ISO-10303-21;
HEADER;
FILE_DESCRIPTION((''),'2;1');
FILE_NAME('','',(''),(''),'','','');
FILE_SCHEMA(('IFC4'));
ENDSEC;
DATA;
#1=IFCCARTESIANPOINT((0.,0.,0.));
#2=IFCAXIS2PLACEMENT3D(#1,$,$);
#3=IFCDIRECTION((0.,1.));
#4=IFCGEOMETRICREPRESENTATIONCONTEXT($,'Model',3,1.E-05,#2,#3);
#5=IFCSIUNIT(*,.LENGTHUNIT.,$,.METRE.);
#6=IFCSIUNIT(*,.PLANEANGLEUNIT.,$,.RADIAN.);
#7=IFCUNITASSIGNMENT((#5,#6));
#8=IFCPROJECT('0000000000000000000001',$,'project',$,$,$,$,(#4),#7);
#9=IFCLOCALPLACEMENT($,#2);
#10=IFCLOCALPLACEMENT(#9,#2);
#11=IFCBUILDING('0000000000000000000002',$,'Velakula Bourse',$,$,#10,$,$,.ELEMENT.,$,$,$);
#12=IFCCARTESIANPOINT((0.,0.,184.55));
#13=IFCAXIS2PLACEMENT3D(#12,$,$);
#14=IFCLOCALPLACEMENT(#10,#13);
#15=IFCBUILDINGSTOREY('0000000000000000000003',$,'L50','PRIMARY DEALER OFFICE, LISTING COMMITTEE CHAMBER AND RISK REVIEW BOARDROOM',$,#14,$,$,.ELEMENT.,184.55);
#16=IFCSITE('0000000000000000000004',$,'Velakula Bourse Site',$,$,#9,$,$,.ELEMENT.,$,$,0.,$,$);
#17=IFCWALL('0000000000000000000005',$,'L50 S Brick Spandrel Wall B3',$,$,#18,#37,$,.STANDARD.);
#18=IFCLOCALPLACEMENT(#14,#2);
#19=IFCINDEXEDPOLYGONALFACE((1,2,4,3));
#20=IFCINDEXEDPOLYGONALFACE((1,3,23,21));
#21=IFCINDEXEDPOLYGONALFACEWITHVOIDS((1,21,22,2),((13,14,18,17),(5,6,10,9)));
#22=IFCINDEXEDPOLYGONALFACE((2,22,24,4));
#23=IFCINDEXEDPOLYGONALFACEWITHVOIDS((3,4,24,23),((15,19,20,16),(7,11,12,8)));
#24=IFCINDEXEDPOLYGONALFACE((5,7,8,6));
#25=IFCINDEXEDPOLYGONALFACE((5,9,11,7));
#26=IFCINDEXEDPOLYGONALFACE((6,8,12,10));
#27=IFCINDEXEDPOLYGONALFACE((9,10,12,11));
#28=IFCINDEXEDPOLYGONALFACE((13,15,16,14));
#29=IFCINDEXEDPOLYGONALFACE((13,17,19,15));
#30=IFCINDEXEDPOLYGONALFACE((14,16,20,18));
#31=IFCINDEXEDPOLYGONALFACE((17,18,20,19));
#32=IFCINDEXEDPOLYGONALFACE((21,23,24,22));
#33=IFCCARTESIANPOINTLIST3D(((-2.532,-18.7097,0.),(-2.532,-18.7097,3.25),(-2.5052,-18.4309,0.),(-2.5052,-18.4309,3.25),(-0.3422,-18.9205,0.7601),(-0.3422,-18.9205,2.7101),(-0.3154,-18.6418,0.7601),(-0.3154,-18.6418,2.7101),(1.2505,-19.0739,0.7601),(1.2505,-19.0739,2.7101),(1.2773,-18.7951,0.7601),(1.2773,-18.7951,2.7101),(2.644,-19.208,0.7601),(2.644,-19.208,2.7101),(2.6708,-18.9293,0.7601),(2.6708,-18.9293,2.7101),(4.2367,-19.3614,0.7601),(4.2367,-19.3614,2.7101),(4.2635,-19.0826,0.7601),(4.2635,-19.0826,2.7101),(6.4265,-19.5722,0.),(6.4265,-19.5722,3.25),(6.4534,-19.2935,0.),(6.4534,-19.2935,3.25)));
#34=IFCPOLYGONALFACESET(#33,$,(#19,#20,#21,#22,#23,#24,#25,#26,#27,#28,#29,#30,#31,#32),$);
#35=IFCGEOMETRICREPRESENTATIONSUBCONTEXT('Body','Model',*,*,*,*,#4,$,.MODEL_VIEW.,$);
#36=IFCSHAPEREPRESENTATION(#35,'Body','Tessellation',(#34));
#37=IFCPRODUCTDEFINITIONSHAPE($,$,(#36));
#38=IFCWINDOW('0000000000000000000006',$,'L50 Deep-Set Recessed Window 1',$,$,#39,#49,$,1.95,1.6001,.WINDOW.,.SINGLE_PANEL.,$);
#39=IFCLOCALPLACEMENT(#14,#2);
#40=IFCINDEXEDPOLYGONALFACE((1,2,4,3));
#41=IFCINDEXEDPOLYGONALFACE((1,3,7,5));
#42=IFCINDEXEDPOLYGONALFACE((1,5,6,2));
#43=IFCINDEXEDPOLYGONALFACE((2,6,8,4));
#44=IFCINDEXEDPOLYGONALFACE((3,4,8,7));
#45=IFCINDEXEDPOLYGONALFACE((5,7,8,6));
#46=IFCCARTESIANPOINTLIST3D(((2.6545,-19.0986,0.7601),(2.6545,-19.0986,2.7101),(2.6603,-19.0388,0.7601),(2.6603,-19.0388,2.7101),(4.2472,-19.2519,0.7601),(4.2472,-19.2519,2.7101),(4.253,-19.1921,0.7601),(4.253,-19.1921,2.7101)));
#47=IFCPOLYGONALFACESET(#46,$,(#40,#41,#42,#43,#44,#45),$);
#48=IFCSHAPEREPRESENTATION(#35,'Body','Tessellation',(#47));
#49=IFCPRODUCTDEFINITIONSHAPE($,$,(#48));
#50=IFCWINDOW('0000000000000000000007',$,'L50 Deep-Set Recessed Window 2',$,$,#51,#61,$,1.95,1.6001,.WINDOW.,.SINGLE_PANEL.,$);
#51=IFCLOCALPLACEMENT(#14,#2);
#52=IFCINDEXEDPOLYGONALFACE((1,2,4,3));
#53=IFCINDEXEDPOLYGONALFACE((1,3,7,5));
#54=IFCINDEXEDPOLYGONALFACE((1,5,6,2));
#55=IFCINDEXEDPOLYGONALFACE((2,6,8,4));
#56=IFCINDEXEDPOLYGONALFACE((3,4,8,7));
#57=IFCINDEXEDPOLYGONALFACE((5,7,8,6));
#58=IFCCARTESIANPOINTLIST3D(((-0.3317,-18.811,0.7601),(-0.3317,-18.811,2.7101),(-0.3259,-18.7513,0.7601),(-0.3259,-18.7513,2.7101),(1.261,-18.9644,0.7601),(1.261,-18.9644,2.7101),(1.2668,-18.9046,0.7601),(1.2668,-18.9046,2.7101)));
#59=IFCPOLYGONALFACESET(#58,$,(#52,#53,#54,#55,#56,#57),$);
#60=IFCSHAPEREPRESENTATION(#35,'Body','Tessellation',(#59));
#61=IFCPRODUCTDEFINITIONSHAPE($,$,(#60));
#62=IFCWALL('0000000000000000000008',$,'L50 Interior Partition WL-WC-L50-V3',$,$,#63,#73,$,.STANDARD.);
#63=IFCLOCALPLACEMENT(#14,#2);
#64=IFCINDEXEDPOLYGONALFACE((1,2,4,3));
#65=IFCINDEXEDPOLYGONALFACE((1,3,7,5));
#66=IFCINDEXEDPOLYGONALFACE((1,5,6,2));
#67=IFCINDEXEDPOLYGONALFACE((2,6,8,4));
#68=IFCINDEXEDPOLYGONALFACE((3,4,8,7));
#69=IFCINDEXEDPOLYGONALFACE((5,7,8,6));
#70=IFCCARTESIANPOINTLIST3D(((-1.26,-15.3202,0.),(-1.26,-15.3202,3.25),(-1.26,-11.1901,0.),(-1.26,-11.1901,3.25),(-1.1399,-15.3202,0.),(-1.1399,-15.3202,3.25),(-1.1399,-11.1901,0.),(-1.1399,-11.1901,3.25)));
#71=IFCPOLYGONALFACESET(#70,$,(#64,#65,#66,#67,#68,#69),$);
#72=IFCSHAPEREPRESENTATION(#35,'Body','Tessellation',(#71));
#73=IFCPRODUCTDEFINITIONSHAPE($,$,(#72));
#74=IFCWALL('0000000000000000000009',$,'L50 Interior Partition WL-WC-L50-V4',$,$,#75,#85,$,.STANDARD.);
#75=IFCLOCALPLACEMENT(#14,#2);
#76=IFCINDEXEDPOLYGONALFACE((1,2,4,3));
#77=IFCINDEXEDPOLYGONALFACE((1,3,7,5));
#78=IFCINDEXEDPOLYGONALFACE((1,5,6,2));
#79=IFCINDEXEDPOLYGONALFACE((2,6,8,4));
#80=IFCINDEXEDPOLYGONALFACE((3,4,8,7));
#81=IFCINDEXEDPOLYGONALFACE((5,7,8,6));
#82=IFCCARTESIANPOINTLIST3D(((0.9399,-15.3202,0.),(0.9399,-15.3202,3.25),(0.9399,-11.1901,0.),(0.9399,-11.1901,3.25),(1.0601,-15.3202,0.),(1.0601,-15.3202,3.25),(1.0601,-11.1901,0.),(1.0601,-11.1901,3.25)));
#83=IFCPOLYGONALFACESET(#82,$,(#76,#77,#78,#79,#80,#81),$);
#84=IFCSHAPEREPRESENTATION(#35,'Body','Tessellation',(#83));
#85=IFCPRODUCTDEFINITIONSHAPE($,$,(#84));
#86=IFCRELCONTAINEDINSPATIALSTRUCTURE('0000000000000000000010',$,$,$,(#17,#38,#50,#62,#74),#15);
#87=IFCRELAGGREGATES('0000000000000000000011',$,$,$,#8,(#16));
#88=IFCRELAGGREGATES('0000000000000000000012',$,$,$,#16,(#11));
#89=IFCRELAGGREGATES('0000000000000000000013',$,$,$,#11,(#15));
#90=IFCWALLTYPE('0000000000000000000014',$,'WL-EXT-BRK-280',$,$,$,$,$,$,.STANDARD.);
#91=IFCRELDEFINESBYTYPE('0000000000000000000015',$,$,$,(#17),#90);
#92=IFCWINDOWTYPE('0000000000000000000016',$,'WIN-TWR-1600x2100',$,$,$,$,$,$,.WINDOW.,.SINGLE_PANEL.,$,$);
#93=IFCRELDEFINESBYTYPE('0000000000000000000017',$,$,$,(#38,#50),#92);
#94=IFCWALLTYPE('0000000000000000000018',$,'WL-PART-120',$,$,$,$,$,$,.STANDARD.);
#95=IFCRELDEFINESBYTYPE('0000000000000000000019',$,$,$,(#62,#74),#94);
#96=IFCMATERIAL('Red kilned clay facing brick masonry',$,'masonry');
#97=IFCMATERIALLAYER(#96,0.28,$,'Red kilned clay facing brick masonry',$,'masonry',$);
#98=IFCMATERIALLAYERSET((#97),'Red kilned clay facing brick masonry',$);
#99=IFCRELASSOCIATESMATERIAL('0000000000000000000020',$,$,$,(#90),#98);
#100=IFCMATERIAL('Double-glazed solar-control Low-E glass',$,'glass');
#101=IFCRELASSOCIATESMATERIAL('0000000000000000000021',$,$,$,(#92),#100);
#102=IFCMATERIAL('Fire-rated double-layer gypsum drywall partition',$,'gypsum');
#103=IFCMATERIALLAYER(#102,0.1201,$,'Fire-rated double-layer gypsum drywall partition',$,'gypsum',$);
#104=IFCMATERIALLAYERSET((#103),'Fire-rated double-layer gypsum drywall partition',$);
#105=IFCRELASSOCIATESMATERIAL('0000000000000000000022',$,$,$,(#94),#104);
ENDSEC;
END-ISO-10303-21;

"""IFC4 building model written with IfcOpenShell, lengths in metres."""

from ifc_helpers import new_model, si_unit, direction, frame, frame_2d, origin, place, context, subcontext, project, spatial, rectangle, extrude, material, layer, layer_set, type_object, element, fill, save


model = new_model("IFC4")

# Units and contexts
model_context = context("Model", 3, precision=1e-05, world=origin(), true_north=direction((0.0, 1.0)))
body_context = subcontext(model_context, "Body", "Model", "MODEL_VIEW")
ifc_project = project(units=[si_unit("LENGTHUNIT", "METRE"), si_unit("PLANEANGLEUNIT", "RADIAN")], contexts=[model_context])

# Site, building, storey
site_placement = place(None, origin())
site = spatial("IfcSite", under=ifc_project, at=site_placement, Name="Velakula Bourse Site", CompositionType="ELEMENT", RefElevation=0.0)
building_placement = place(site_placement, origin())
building = spatial("IfcBuilding", under=site, at=building_placement, Name="Velakula Bourse", CompositionType="ELEMENT")
storey_placement = place(building_placement, frame((0.0, 0.0, 184.55)))
storey = spatial("IfcBuildingStorey", under=building, at=storey_placement, Name="L50", Description="PRIMARY DEALER OFFICE, LISTING COMMITTEE CHAMBER AND RISK REVIEW BOARDROOM", CompositionType="ELEMENT", Elevation=184.55)

# Wall, openings, windows
ifc_material_1 = material(Name="Red kilned clay facing brick masonry", Category="masonry")
ifc_layer_1 = layer(ifc_material_1, 0.28, Name="Red kilned clay facing brick masonry", Category="masonry")
ifc_layer_set_1 = layer_set([ifc_layer_1], Name="Red kilned clay facing brick masonry")
wall_type_1 = type_object("IfcWallType", Name="WL-EXT-BRK-280", PredefinedType="STANDARD", material=ifc_layer_set_1)
ifc_material_2 = material(Name="Double-glazed solar-control Low-E glass", Category="glass")
window_type = type_object("IfcWindowType", Name="WIN-TWR-1600x2100", PartitioningType="SINGLE_PANEL", PredefinedType="WINDOW", material=ifc_material_2)
wall_1_placement = place(storey_placement, frame((6.4399, -19.4329, 0.0), z_axis=(0.0, 0.0, 1.0), x_axis=(-0.995397, 0.09584, 0.0)))
wall_1 = element("IfcWall", 1, at=wall_1_placement, inside=storey, type_object=wall_type_1, Name="L50 S Brick Spandrel Wall B3", PredefinedType="STANDARD", context=body_context, shape_type="SweptSolid", body=[
    extrude(rectangle(XDim=9.0, YDim=0.28, at=frame_2d((4.5, 0.0))), origin(), (0.0, 0.0, 1.0), 3.25),
])
opening_1_placement = place(wall_1_placement, frame((2.2, 0.0, 0.76)))
opening_1 = element("IfcOpeningElement", 2, at=opening_1_placement, cuts=wall_1, PredefinedType="OPENING", context=body_context, shape_type="SweptSolid", body=[
    extrude(rectangle(XDim=1.6001, YDim=1.95, at=frame_2d((0.8, 0.9751))), frame((0.0, 0.1499, 0.0), z_axis=(0.0, -1.0, 0.0), x_axis=(1.0, 0.0, 0.0)), (0.0, 0.0, 1.0), 0.3),
])
opening_2_placement = place(wall_1_placement, frame((5.2, 0.0, 0.76)))
opening_2 = element("IfcOpeningElement", 3, at=opening_2_placement, cuts=wall_1, PredefinedType="OPENING", context=body_context, shape_type="SweptSolid", body=[
    extrude(rectangle(XDim=1.6001, YDim=1.95, at=frame_2d((0.8, 0.9751))), frame((0.0, 0.1499, 0.0), z_axis=(0.0, -1.0, 0.0), x_axis=(1.0, 0.0, 0.0)), (0.0, 0.0, 1.0), 0.3),
])
window_1_placement = place(opening_1_placement, origin())
window_1 = element("IfcWindow", 4, at=window_1_placement, inside=storey, type_object=window_type, Name="L50 Deep-Set Recessed Window 1", OverallHeight=1.95, OverallWidth=1.6001, PartitioningType="SINGLE_PANEL", PredefinedType="WINDOW", context=body_context, shape_type="SweptSolid", body=[
    extrude(rectangle(XDim=1.6001, YDim=1.95, at=frame_2d((0.8, 0.9751))), frame((0.0, 0.03, 0.0), z_axis=(0.0, -1.0, 0.0), x_axis=(1.0, 0.0, 0.0)), (0.0, 0.0, 1.0), 0.0601),
])
fill(opening_1, window_1)
window_2_placement = place(opening_2_placement, origin())
window_2 = element("IfcWindow", 5, at=window_2_placement, inside=storey, type_object=window_type, Name="L50 Deep-Set Recessed Window 2", OverallHeight=1.95, OverallWidth=1.6001, PartitioningType="SINGLE_PANEL", PredefinedType="WINDOW", context=body_context, shape_type="SweptSolid", body=[
    extrude(rectangle(XDim=1.6001, YDim=1.95, at=frame_2d((0.8, 0.9751))), frame((0.0, 0.03, 0.0), z_axis=(0.0, -1.0, 0.0), x_axis=(1.0, 0.0, 0.0)), (0.0, 0.0, 1.0), 0.0601),
])
fill(opening_2, window_2)

# Walls
ifc_material_3 = material(Name="Fire-rated double-layer gypsum drywall partition", Category="gypsum")
ifc_layer_2 = layer(ifc_material_3, 0.1201, Name="Fire-rated double-layer gypsum drywall partition", Category="gypsum")
ifc_layer_set_2 = layer_set([ifc_layer_2], Name="Fire-rated double-layer gypsum drywall partition")
wall_type_2 = type_object("IfcWallType", Name="WL-PART-120", PredefinedType="STANDARD", material=ifc_layer_set_2)
for number, where, z_axis, x_axis, name in (
    (6, (-1.2, -15.3201, 0.0), (0.0, 0.0, 1.0), (0.0, 1.0, 0.0), "L50 Interior Partition WL-WC-L50-V3"),
    (7, (1.0, -15.3201, 0.0), (0.0, 0.0, 1.0), (0.0, 1.0, 0.0), "L50 Interior Partition WL-WC-L50-V4"),
):
    element("IfcWall", number, at=place(storey_placement, frame(where, z_axis=z_axis, x_axis=x_axis)), inside=storey, type_object=wall_type_2, Name=name, PredefinedType="STANDARD", context=body_context, shape_type="SweptSolid", body=[
        extrude(rectangle(XDim=4.1301, YDim=0.1201, at=frame_2d((2.0649, 0.0))), origin(), (0.0, 0.0, 1.0), 3.25),
    ])

save(model, "model.ifc")
